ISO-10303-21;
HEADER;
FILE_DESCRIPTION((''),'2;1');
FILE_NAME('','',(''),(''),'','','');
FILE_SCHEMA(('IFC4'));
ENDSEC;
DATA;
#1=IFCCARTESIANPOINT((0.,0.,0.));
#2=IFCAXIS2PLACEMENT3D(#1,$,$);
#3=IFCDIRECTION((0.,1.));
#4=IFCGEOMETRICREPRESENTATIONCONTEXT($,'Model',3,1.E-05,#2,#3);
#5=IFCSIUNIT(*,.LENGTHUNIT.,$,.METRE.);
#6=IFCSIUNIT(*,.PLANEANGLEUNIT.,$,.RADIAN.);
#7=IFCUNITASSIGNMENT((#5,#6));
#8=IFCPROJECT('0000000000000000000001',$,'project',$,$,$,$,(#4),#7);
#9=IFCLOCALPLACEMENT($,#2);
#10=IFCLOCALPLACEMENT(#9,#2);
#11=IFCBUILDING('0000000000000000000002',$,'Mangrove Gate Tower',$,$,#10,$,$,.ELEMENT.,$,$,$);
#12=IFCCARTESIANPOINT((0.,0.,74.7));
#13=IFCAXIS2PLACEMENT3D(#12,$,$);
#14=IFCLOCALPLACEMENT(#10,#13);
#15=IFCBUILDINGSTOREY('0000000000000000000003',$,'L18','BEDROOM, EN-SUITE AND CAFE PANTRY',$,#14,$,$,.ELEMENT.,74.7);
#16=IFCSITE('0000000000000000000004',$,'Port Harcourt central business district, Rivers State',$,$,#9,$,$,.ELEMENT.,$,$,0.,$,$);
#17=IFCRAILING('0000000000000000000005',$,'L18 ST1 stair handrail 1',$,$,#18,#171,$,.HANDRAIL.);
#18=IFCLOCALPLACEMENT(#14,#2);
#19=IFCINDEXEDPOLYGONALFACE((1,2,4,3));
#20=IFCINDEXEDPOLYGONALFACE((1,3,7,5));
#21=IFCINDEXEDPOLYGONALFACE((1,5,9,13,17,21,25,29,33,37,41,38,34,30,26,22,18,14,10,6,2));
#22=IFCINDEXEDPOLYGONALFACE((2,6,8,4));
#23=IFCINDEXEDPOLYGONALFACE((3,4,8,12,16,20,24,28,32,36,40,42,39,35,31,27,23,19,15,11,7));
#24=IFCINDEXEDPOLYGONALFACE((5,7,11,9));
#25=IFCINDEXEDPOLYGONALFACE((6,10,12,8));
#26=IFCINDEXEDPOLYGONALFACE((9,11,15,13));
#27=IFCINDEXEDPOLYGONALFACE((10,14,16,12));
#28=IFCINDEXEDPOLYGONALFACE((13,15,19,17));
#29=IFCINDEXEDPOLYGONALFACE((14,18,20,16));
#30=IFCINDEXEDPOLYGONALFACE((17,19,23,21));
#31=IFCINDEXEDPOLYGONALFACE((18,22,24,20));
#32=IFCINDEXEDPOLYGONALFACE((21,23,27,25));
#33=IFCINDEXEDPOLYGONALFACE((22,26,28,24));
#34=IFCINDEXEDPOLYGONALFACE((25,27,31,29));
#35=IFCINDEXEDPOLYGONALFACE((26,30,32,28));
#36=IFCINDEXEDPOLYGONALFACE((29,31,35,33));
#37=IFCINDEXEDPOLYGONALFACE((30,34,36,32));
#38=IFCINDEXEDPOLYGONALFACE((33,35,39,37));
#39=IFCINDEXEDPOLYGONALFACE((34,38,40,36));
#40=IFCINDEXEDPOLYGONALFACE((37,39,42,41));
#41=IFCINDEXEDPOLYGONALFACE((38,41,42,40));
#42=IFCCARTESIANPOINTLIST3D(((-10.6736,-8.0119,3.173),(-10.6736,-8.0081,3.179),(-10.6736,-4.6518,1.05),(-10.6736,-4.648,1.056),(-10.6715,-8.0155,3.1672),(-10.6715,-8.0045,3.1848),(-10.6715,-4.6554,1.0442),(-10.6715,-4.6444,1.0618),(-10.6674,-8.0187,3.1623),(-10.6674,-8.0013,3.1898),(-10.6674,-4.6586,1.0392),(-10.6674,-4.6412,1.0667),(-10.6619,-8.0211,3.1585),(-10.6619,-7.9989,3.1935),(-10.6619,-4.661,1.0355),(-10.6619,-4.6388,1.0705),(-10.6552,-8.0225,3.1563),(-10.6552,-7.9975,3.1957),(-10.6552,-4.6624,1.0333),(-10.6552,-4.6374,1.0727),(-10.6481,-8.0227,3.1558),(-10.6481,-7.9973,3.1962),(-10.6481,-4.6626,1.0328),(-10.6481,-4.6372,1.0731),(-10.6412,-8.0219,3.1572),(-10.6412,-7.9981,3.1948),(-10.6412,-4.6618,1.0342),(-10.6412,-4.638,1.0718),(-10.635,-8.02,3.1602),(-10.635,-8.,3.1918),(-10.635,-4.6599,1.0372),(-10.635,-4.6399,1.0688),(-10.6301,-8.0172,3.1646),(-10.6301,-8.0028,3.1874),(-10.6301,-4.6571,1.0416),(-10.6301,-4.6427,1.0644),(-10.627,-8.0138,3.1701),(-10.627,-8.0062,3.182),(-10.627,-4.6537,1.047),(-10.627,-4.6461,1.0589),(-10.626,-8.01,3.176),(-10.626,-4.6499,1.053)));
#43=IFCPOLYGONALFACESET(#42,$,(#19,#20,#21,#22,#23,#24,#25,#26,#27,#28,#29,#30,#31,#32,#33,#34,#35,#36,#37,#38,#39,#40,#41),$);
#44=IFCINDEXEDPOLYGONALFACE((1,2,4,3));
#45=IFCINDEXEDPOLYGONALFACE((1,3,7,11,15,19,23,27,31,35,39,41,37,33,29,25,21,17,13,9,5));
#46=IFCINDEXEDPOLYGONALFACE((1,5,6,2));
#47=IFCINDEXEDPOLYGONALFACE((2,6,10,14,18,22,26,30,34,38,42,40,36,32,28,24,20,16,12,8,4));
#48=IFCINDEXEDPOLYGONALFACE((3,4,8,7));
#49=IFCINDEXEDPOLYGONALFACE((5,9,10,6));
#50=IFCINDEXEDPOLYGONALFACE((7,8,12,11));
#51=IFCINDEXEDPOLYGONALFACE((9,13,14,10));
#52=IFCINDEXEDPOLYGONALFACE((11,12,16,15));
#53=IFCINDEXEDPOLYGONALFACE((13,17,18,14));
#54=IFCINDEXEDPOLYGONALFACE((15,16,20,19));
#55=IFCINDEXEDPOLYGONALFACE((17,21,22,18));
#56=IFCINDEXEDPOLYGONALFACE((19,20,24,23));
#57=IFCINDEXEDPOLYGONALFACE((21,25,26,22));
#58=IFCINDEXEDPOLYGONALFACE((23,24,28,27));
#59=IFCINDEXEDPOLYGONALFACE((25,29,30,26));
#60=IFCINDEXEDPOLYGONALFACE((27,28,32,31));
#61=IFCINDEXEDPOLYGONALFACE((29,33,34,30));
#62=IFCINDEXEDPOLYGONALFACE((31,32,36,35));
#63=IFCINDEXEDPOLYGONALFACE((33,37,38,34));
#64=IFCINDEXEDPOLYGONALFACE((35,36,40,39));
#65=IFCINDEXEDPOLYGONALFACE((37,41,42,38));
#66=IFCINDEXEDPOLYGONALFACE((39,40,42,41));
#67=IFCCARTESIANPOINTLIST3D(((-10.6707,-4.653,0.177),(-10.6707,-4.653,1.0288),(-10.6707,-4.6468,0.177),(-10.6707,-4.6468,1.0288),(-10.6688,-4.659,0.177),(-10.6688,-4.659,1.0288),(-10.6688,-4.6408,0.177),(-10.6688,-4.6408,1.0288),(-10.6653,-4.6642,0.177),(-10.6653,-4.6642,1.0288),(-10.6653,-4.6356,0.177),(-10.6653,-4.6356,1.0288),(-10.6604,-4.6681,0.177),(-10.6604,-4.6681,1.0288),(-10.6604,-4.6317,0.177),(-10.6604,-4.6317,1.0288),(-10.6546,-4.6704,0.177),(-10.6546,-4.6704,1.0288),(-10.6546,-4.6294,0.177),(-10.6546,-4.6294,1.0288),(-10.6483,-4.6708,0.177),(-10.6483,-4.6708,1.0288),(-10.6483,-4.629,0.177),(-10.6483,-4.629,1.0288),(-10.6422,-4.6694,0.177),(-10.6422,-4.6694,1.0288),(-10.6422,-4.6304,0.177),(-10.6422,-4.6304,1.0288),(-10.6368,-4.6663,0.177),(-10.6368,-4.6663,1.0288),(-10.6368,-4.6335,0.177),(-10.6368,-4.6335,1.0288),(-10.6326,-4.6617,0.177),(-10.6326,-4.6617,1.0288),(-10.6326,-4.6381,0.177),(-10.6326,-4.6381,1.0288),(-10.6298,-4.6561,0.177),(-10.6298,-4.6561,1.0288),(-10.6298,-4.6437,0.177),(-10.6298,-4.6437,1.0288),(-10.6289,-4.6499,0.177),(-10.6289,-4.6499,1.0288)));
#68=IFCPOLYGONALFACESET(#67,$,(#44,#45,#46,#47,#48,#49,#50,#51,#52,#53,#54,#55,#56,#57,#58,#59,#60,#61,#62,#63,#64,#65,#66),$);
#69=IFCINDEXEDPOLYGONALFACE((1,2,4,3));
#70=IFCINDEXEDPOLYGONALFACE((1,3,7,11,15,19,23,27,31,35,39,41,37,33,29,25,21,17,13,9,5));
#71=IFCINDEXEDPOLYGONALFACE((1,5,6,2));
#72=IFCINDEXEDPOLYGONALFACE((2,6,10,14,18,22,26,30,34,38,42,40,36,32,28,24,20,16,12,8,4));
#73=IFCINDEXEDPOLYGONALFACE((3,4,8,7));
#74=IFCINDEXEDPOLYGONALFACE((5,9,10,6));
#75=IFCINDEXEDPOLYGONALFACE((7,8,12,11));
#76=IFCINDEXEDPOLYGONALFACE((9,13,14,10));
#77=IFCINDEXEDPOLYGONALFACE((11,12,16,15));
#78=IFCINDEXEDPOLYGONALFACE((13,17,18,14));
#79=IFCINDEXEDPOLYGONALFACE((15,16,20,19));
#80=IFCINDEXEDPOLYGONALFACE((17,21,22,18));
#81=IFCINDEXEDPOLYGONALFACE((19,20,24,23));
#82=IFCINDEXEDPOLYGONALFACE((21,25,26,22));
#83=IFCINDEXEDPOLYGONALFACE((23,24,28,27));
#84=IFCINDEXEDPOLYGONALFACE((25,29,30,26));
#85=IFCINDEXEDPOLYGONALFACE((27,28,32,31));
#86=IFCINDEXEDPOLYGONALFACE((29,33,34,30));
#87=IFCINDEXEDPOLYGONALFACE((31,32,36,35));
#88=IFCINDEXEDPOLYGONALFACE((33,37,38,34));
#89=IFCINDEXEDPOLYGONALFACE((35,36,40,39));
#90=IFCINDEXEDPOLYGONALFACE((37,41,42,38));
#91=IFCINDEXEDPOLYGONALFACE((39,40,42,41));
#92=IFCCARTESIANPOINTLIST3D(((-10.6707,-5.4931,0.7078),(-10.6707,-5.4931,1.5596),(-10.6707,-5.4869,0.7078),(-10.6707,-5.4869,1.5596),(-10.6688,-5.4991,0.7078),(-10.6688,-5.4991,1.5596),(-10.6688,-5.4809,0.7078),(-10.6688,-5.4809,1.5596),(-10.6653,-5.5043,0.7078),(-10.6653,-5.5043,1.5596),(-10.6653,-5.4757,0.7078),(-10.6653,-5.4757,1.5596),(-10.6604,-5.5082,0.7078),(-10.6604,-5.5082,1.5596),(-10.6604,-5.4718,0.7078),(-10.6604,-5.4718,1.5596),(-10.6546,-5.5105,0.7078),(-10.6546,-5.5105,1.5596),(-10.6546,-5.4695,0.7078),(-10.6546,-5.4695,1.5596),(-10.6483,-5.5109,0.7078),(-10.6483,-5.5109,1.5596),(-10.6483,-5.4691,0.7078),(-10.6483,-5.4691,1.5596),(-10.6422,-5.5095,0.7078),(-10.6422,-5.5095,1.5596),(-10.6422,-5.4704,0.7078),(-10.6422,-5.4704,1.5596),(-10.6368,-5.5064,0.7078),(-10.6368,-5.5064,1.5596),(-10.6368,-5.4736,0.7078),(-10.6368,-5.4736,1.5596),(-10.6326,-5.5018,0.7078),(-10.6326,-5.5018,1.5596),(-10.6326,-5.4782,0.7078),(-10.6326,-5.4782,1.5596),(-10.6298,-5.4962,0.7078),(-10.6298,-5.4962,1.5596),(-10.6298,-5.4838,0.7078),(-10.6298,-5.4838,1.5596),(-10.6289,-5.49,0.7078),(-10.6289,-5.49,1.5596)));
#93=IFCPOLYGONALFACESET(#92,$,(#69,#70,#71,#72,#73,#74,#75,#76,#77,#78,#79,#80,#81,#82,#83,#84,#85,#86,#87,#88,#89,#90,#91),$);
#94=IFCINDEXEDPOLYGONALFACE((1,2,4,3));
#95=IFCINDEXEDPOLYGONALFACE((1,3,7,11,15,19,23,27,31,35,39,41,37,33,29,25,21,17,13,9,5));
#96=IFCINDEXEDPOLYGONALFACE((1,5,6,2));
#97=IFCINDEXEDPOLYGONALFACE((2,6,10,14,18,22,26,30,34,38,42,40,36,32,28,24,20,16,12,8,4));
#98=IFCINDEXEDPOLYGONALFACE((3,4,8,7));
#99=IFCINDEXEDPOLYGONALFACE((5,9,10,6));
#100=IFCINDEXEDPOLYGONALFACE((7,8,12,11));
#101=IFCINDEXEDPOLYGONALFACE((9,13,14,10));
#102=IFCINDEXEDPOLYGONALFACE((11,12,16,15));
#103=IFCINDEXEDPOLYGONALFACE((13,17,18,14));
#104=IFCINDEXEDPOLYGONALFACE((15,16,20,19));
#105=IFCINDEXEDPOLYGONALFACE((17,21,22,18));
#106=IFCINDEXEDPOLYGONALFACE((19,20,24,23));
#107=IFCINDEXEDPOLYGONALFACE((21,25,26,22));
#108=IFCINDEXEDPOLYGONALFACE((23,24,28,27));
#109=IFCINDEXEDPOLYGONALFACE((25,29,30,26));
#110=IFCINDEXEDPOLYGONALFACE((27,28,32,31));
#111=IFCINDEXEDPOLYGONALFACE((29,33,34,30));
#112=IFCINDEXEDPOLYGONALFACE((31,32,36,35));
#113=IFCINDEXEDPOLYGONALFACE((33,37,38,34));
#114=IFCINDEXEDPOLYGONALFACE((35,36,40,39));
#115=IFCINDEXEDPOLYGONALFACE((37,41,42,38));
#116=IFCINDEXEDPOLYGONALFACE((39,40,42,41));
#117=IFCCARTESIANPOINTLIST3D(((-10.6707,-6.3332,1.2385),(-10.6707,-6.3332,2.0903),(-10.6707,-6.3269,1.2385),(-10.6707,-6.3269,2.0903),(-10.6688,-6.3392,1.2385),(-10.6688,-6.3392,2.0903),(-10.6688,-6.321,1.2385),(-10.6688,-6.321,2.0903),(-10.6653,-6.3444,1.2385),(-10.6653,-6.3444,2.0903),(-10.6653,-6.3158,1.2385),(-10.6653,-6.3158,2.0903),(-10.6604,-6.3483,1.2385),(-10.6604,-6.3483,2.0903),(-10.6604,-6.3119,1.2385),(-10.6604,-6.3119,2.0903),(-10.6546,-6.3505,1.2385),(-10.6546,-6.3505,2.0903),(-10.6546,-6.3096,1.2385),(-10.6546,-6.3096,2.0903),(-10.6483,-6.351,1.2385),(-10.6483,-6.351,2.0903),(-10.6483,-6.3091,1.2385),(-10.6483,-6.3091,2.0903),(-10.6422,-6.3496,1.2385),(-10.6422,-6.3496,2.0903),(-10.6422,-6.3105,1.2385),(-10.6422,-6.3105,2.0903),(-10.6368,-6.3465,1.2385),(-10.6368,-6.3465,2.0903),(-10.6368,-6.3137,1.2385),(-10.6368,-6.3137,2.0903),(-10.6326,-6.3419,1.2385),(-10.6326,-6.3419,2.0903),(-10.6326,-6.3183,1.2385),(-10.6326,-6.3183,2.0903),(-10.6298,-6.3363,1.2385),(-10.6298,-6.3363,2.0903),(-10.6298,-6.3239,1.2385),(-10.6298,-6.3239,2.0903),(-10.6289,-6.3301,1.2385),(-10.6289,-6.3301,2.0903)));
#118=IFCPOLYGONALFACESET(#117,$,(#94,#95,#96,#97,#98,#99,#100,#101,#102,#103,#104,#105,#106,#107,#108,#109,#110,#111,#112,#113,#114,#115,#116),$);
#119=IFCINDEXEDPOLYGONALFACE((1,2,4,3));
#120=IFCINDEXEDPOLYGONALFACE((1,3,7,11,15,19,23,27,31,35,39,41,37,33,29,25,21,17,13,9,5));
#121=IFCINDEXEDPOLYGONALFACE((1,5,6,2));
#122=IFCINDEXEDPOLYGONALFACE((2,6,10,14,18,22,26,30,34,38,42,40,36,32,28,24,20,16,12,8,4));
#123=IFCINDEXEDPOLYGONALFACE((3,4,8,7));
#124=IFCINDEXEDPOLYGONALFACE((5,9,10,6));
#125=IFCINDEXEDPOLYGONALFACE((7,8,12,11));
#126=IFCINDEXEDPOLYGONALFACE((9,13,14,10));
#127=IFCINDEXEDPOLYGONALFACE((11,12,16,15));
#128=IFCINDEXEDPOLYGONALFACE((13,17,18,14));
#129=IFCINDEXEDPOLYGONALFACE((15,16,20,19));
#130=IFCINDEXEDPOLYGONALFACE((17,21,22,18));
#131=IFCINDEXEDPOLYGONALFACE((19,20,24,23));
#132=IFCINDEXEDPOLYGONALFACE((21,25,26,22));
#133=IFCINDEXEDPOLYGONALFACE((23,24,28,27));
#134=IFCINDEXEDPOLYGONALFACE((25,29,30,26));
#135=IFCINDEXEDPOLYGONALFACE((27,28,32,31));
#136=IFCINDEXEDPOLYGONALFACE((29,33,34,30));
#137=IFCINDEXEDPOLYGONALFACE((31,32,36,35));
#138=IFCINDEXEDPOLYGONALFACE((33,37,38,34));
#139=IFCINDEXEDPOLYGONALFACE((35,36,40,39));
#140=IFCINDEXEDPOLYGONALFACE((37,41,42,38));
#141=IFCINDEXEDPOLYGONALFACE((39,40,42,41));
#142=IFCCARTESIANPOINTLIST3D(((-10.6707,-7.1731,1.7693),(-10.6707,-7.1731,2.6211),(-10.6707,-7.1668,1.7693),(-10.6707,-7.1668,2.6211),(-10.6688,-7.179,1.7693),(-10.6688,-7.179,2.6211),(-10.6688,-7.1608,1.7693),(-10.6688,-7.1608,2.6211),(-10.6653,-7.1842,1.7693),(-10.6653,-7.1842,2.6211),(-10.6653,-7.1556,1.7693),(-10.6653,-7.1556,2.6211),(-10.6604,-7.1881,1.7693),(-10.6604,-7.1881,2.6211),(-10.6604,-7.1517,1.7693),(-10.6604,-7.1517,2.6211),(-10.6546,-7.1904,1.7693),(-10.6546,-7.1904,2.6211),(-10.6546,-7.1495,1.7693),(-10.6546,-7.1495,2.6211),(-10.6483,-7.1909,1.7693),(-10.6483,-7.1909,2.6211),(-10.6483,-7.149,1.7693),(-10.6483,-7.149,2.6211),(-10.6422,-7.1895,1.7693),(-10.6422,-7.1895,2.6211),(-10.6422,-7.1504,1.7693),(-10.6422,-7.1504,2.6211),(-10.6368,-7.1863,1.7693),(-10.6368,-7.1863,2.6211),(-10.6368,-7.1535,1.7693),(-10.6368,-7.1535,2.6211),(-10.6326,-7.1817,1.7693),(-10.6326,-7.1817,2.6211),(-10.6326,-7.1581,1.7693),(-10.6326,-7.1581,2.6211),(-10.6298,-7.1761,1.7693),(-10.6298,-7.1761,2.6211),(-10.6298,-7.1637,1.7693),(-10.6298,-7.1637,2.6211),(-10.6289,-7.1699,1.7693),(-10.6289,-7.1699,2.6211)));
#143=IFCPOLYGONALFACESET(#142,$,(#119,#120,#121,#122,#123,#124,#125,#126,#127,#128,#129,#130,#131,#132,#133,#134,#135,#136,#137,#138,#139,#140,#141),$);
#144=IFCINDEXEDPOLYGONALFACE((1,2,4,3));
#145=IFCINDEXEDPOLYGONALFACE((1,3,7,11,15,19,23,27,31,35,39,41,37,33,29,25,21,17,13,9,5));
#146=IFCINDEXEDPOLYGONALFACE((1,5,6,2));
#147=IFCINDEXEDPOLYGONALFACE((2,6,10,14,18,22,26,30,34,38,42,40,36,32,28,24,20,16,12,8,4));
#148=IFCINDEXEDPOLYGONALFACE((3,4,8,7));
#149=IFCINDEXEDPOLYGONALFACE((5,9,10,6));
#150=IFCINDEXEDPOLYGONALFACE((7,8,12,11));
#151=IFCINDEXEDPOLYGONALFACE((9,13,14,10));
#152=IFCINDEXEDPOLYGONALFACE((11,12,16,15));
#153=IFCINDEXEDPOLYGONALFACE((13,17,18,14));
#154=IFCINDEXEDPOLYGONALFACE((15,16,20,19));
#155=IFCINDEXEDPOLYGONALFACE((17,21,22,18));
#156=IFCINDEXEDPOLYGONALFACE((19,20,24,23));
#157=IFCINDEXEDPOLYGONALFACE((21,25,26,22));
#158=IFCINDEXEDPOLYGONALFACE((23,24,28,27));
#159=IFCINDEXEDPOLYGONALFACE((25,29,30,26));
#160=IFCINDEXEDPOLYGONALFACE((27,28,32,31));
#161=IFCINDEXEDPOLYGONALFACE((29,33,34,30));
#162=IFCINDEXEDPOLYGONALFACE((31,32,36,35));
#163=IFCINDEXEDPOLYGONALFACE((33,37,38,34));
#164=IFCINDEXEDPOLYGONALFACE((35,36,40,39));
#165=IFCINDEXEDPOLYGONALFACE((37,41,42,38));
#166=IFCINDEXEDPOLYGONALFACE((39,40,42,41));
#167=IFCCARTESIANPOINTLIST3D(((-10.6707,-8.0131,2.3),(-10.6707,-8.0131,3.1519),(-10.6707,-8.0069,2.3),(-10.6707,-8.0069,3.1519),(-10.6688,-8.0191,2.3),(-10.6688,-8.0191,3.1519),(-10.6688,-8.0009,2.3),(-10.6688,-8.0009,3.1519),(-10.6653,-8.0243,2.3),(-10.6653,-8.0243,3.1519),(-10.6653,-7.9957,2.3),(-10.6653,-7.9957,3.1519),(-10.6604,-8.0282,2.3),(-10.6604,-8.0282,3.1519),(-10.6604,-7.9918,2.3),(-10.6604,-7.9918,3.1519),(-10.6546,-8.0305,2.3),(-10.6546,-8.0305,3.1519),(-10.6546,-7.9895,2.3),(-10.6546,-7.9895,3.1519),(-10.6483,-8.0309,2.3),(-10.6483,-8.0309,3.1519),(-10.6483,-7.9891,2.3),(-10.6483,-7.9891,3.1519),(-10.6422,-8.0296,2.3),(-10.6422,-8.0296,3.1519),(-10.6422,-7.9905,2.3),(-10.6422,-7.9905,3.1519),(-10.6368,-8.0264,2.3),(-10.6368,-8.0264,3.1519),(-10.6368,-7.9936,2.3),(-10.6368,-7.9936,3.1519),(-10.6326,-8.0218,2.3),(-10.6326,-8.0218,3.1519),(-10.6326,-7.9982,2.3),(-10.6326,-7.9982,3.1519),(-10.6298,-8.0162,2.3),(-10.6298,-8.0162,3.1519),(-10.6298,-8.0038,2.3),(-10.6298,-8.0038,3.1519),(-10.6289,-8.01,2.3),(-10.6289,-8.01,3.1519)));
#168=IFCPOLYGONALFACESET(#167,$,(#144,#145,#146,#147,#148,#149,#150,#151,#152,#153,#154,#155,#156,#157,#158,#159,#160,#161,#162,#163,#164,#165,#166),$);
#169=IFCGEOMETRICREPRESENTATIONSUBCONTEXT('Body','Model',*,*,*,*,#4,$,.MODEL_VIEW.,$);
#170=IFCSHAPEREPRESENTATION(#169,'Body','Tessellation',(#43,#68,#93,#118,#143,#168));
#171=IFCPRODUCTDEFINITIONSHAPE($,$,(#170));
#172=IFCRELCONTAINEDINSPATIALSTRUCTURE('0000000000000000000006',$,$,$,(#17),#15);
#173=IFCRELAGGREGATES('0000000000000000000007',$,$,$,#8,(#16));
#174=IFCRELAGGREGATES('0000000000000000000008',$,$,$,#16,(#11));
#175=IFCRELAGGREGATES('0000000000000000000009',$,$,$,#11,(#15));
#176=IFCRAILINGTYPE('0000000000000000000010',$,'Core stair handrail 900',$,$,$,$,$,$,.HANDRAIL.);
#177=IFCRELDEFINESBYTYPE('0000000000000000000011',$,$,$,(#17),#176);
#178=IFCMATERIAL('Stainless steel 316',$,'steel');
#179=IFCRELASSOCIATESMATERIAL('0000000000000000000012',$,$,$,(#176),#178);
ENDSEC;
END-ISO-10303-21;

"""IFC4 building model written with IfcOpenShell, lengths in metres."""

from ifc_helpers import new_model, si_unit, direction, frame, origin, origin_2d, place, context, subcontext, project, spatial, circle, extrude, material, type_object, element, save


model = new_model("IFC4")

# Units and contexts
model_context = context("Model", 3, precision=1e-05, world=origin(), true_north=direction((0.0, 1.0)))
body_context = subcontext(model_context, "Body", "Model", "MODEL_VIEW")
ifc_project = project(units=[si_unit("LENGTHUNIT", "METRE"), si_unit("PLANEANGLEUNIT", "RADIAN")], contexts=[model_context])

# Site, building, storey
site_placement = place(None, origin())
site = spatial("IfcSite", under=ifc_project, at=site_placement, Name="Port Harcourt central business district, Rivers State", CompositionType="ELEMENT", RefElevation=0.0)
building_placement = place(site_placement, origin())
building = spatial("IfcBuilding", under=site, at=building_placement, Name="Mangrove Gate Tower", CompositionType="ELEMENT")
storey_placement = place(building_placement, frame((0.0, 0.0, 74.7)))
storey = spatial("IfcBuildingStorey", under=building, at=storey_placement, Name="L18", Description="BEDROOM, EN-SUITE AND CAFE PANTRY", CompositionType="ELEMENT", Elevation=74.7)

# Railing
ifc_material_1 = material(Name="Stainless steel 316", Category="steel")
railing_type_1 = type_object("IfcRailingType", Name="Core stair handrail 900", PredefinedType="HANDRAIL", material=ifc_material_1)
railing_1_placement = place(storey_placement, frame((-10.6499, -4.6499, 0.177)))
element("IfcRailing", 1, at=railing_1_placement, inside=storey, type_object=railing_type_1, Name="L18 ST1 stair handrail 1", PredefinedType="HANDRAIL", context=body_context, shape_type="SweptSolid", body=[
    extrude(circle(Radius=0.0239, at=origin_2d()), frame((0.0, 0.0, 0.876), z_axis=(0.0, -0.84539, 0.53415), x_axis=(1.0, 0.0, 0.0)), (0.0, 0.0, 1.0), 3.9746),
    extrude(circle(Radius=0.021, at=origin_2d()), origin(), (0.0, 0.0, 1.0), 0.8518),
    extrude(circle(Radius=0.021, at=origin_2d()), frame((0.0, -0.8401, 0.5308)), (0.0, 0.0, 1.0), 0.8518),
    extrude(circle(Radius=0.021, at=origin_2d()), frame((0.0, -1.6802, 1.0615)), (0.0, 0.0, 1.0), 0.8518),
    extrude(circle(Radius=0.021, at=origin_2d()), frame((0.0, -2.52, 1.5923)), (0.0, 0.0, 1.0), 0.8518),
    extrude(circle(Radius=0.021, at=origin_2d()), frame((0.0, -3.3601, 2.123)), (0.0, 0.0, 1.0), 0.8518),
])

save(model, "model.ifc")
